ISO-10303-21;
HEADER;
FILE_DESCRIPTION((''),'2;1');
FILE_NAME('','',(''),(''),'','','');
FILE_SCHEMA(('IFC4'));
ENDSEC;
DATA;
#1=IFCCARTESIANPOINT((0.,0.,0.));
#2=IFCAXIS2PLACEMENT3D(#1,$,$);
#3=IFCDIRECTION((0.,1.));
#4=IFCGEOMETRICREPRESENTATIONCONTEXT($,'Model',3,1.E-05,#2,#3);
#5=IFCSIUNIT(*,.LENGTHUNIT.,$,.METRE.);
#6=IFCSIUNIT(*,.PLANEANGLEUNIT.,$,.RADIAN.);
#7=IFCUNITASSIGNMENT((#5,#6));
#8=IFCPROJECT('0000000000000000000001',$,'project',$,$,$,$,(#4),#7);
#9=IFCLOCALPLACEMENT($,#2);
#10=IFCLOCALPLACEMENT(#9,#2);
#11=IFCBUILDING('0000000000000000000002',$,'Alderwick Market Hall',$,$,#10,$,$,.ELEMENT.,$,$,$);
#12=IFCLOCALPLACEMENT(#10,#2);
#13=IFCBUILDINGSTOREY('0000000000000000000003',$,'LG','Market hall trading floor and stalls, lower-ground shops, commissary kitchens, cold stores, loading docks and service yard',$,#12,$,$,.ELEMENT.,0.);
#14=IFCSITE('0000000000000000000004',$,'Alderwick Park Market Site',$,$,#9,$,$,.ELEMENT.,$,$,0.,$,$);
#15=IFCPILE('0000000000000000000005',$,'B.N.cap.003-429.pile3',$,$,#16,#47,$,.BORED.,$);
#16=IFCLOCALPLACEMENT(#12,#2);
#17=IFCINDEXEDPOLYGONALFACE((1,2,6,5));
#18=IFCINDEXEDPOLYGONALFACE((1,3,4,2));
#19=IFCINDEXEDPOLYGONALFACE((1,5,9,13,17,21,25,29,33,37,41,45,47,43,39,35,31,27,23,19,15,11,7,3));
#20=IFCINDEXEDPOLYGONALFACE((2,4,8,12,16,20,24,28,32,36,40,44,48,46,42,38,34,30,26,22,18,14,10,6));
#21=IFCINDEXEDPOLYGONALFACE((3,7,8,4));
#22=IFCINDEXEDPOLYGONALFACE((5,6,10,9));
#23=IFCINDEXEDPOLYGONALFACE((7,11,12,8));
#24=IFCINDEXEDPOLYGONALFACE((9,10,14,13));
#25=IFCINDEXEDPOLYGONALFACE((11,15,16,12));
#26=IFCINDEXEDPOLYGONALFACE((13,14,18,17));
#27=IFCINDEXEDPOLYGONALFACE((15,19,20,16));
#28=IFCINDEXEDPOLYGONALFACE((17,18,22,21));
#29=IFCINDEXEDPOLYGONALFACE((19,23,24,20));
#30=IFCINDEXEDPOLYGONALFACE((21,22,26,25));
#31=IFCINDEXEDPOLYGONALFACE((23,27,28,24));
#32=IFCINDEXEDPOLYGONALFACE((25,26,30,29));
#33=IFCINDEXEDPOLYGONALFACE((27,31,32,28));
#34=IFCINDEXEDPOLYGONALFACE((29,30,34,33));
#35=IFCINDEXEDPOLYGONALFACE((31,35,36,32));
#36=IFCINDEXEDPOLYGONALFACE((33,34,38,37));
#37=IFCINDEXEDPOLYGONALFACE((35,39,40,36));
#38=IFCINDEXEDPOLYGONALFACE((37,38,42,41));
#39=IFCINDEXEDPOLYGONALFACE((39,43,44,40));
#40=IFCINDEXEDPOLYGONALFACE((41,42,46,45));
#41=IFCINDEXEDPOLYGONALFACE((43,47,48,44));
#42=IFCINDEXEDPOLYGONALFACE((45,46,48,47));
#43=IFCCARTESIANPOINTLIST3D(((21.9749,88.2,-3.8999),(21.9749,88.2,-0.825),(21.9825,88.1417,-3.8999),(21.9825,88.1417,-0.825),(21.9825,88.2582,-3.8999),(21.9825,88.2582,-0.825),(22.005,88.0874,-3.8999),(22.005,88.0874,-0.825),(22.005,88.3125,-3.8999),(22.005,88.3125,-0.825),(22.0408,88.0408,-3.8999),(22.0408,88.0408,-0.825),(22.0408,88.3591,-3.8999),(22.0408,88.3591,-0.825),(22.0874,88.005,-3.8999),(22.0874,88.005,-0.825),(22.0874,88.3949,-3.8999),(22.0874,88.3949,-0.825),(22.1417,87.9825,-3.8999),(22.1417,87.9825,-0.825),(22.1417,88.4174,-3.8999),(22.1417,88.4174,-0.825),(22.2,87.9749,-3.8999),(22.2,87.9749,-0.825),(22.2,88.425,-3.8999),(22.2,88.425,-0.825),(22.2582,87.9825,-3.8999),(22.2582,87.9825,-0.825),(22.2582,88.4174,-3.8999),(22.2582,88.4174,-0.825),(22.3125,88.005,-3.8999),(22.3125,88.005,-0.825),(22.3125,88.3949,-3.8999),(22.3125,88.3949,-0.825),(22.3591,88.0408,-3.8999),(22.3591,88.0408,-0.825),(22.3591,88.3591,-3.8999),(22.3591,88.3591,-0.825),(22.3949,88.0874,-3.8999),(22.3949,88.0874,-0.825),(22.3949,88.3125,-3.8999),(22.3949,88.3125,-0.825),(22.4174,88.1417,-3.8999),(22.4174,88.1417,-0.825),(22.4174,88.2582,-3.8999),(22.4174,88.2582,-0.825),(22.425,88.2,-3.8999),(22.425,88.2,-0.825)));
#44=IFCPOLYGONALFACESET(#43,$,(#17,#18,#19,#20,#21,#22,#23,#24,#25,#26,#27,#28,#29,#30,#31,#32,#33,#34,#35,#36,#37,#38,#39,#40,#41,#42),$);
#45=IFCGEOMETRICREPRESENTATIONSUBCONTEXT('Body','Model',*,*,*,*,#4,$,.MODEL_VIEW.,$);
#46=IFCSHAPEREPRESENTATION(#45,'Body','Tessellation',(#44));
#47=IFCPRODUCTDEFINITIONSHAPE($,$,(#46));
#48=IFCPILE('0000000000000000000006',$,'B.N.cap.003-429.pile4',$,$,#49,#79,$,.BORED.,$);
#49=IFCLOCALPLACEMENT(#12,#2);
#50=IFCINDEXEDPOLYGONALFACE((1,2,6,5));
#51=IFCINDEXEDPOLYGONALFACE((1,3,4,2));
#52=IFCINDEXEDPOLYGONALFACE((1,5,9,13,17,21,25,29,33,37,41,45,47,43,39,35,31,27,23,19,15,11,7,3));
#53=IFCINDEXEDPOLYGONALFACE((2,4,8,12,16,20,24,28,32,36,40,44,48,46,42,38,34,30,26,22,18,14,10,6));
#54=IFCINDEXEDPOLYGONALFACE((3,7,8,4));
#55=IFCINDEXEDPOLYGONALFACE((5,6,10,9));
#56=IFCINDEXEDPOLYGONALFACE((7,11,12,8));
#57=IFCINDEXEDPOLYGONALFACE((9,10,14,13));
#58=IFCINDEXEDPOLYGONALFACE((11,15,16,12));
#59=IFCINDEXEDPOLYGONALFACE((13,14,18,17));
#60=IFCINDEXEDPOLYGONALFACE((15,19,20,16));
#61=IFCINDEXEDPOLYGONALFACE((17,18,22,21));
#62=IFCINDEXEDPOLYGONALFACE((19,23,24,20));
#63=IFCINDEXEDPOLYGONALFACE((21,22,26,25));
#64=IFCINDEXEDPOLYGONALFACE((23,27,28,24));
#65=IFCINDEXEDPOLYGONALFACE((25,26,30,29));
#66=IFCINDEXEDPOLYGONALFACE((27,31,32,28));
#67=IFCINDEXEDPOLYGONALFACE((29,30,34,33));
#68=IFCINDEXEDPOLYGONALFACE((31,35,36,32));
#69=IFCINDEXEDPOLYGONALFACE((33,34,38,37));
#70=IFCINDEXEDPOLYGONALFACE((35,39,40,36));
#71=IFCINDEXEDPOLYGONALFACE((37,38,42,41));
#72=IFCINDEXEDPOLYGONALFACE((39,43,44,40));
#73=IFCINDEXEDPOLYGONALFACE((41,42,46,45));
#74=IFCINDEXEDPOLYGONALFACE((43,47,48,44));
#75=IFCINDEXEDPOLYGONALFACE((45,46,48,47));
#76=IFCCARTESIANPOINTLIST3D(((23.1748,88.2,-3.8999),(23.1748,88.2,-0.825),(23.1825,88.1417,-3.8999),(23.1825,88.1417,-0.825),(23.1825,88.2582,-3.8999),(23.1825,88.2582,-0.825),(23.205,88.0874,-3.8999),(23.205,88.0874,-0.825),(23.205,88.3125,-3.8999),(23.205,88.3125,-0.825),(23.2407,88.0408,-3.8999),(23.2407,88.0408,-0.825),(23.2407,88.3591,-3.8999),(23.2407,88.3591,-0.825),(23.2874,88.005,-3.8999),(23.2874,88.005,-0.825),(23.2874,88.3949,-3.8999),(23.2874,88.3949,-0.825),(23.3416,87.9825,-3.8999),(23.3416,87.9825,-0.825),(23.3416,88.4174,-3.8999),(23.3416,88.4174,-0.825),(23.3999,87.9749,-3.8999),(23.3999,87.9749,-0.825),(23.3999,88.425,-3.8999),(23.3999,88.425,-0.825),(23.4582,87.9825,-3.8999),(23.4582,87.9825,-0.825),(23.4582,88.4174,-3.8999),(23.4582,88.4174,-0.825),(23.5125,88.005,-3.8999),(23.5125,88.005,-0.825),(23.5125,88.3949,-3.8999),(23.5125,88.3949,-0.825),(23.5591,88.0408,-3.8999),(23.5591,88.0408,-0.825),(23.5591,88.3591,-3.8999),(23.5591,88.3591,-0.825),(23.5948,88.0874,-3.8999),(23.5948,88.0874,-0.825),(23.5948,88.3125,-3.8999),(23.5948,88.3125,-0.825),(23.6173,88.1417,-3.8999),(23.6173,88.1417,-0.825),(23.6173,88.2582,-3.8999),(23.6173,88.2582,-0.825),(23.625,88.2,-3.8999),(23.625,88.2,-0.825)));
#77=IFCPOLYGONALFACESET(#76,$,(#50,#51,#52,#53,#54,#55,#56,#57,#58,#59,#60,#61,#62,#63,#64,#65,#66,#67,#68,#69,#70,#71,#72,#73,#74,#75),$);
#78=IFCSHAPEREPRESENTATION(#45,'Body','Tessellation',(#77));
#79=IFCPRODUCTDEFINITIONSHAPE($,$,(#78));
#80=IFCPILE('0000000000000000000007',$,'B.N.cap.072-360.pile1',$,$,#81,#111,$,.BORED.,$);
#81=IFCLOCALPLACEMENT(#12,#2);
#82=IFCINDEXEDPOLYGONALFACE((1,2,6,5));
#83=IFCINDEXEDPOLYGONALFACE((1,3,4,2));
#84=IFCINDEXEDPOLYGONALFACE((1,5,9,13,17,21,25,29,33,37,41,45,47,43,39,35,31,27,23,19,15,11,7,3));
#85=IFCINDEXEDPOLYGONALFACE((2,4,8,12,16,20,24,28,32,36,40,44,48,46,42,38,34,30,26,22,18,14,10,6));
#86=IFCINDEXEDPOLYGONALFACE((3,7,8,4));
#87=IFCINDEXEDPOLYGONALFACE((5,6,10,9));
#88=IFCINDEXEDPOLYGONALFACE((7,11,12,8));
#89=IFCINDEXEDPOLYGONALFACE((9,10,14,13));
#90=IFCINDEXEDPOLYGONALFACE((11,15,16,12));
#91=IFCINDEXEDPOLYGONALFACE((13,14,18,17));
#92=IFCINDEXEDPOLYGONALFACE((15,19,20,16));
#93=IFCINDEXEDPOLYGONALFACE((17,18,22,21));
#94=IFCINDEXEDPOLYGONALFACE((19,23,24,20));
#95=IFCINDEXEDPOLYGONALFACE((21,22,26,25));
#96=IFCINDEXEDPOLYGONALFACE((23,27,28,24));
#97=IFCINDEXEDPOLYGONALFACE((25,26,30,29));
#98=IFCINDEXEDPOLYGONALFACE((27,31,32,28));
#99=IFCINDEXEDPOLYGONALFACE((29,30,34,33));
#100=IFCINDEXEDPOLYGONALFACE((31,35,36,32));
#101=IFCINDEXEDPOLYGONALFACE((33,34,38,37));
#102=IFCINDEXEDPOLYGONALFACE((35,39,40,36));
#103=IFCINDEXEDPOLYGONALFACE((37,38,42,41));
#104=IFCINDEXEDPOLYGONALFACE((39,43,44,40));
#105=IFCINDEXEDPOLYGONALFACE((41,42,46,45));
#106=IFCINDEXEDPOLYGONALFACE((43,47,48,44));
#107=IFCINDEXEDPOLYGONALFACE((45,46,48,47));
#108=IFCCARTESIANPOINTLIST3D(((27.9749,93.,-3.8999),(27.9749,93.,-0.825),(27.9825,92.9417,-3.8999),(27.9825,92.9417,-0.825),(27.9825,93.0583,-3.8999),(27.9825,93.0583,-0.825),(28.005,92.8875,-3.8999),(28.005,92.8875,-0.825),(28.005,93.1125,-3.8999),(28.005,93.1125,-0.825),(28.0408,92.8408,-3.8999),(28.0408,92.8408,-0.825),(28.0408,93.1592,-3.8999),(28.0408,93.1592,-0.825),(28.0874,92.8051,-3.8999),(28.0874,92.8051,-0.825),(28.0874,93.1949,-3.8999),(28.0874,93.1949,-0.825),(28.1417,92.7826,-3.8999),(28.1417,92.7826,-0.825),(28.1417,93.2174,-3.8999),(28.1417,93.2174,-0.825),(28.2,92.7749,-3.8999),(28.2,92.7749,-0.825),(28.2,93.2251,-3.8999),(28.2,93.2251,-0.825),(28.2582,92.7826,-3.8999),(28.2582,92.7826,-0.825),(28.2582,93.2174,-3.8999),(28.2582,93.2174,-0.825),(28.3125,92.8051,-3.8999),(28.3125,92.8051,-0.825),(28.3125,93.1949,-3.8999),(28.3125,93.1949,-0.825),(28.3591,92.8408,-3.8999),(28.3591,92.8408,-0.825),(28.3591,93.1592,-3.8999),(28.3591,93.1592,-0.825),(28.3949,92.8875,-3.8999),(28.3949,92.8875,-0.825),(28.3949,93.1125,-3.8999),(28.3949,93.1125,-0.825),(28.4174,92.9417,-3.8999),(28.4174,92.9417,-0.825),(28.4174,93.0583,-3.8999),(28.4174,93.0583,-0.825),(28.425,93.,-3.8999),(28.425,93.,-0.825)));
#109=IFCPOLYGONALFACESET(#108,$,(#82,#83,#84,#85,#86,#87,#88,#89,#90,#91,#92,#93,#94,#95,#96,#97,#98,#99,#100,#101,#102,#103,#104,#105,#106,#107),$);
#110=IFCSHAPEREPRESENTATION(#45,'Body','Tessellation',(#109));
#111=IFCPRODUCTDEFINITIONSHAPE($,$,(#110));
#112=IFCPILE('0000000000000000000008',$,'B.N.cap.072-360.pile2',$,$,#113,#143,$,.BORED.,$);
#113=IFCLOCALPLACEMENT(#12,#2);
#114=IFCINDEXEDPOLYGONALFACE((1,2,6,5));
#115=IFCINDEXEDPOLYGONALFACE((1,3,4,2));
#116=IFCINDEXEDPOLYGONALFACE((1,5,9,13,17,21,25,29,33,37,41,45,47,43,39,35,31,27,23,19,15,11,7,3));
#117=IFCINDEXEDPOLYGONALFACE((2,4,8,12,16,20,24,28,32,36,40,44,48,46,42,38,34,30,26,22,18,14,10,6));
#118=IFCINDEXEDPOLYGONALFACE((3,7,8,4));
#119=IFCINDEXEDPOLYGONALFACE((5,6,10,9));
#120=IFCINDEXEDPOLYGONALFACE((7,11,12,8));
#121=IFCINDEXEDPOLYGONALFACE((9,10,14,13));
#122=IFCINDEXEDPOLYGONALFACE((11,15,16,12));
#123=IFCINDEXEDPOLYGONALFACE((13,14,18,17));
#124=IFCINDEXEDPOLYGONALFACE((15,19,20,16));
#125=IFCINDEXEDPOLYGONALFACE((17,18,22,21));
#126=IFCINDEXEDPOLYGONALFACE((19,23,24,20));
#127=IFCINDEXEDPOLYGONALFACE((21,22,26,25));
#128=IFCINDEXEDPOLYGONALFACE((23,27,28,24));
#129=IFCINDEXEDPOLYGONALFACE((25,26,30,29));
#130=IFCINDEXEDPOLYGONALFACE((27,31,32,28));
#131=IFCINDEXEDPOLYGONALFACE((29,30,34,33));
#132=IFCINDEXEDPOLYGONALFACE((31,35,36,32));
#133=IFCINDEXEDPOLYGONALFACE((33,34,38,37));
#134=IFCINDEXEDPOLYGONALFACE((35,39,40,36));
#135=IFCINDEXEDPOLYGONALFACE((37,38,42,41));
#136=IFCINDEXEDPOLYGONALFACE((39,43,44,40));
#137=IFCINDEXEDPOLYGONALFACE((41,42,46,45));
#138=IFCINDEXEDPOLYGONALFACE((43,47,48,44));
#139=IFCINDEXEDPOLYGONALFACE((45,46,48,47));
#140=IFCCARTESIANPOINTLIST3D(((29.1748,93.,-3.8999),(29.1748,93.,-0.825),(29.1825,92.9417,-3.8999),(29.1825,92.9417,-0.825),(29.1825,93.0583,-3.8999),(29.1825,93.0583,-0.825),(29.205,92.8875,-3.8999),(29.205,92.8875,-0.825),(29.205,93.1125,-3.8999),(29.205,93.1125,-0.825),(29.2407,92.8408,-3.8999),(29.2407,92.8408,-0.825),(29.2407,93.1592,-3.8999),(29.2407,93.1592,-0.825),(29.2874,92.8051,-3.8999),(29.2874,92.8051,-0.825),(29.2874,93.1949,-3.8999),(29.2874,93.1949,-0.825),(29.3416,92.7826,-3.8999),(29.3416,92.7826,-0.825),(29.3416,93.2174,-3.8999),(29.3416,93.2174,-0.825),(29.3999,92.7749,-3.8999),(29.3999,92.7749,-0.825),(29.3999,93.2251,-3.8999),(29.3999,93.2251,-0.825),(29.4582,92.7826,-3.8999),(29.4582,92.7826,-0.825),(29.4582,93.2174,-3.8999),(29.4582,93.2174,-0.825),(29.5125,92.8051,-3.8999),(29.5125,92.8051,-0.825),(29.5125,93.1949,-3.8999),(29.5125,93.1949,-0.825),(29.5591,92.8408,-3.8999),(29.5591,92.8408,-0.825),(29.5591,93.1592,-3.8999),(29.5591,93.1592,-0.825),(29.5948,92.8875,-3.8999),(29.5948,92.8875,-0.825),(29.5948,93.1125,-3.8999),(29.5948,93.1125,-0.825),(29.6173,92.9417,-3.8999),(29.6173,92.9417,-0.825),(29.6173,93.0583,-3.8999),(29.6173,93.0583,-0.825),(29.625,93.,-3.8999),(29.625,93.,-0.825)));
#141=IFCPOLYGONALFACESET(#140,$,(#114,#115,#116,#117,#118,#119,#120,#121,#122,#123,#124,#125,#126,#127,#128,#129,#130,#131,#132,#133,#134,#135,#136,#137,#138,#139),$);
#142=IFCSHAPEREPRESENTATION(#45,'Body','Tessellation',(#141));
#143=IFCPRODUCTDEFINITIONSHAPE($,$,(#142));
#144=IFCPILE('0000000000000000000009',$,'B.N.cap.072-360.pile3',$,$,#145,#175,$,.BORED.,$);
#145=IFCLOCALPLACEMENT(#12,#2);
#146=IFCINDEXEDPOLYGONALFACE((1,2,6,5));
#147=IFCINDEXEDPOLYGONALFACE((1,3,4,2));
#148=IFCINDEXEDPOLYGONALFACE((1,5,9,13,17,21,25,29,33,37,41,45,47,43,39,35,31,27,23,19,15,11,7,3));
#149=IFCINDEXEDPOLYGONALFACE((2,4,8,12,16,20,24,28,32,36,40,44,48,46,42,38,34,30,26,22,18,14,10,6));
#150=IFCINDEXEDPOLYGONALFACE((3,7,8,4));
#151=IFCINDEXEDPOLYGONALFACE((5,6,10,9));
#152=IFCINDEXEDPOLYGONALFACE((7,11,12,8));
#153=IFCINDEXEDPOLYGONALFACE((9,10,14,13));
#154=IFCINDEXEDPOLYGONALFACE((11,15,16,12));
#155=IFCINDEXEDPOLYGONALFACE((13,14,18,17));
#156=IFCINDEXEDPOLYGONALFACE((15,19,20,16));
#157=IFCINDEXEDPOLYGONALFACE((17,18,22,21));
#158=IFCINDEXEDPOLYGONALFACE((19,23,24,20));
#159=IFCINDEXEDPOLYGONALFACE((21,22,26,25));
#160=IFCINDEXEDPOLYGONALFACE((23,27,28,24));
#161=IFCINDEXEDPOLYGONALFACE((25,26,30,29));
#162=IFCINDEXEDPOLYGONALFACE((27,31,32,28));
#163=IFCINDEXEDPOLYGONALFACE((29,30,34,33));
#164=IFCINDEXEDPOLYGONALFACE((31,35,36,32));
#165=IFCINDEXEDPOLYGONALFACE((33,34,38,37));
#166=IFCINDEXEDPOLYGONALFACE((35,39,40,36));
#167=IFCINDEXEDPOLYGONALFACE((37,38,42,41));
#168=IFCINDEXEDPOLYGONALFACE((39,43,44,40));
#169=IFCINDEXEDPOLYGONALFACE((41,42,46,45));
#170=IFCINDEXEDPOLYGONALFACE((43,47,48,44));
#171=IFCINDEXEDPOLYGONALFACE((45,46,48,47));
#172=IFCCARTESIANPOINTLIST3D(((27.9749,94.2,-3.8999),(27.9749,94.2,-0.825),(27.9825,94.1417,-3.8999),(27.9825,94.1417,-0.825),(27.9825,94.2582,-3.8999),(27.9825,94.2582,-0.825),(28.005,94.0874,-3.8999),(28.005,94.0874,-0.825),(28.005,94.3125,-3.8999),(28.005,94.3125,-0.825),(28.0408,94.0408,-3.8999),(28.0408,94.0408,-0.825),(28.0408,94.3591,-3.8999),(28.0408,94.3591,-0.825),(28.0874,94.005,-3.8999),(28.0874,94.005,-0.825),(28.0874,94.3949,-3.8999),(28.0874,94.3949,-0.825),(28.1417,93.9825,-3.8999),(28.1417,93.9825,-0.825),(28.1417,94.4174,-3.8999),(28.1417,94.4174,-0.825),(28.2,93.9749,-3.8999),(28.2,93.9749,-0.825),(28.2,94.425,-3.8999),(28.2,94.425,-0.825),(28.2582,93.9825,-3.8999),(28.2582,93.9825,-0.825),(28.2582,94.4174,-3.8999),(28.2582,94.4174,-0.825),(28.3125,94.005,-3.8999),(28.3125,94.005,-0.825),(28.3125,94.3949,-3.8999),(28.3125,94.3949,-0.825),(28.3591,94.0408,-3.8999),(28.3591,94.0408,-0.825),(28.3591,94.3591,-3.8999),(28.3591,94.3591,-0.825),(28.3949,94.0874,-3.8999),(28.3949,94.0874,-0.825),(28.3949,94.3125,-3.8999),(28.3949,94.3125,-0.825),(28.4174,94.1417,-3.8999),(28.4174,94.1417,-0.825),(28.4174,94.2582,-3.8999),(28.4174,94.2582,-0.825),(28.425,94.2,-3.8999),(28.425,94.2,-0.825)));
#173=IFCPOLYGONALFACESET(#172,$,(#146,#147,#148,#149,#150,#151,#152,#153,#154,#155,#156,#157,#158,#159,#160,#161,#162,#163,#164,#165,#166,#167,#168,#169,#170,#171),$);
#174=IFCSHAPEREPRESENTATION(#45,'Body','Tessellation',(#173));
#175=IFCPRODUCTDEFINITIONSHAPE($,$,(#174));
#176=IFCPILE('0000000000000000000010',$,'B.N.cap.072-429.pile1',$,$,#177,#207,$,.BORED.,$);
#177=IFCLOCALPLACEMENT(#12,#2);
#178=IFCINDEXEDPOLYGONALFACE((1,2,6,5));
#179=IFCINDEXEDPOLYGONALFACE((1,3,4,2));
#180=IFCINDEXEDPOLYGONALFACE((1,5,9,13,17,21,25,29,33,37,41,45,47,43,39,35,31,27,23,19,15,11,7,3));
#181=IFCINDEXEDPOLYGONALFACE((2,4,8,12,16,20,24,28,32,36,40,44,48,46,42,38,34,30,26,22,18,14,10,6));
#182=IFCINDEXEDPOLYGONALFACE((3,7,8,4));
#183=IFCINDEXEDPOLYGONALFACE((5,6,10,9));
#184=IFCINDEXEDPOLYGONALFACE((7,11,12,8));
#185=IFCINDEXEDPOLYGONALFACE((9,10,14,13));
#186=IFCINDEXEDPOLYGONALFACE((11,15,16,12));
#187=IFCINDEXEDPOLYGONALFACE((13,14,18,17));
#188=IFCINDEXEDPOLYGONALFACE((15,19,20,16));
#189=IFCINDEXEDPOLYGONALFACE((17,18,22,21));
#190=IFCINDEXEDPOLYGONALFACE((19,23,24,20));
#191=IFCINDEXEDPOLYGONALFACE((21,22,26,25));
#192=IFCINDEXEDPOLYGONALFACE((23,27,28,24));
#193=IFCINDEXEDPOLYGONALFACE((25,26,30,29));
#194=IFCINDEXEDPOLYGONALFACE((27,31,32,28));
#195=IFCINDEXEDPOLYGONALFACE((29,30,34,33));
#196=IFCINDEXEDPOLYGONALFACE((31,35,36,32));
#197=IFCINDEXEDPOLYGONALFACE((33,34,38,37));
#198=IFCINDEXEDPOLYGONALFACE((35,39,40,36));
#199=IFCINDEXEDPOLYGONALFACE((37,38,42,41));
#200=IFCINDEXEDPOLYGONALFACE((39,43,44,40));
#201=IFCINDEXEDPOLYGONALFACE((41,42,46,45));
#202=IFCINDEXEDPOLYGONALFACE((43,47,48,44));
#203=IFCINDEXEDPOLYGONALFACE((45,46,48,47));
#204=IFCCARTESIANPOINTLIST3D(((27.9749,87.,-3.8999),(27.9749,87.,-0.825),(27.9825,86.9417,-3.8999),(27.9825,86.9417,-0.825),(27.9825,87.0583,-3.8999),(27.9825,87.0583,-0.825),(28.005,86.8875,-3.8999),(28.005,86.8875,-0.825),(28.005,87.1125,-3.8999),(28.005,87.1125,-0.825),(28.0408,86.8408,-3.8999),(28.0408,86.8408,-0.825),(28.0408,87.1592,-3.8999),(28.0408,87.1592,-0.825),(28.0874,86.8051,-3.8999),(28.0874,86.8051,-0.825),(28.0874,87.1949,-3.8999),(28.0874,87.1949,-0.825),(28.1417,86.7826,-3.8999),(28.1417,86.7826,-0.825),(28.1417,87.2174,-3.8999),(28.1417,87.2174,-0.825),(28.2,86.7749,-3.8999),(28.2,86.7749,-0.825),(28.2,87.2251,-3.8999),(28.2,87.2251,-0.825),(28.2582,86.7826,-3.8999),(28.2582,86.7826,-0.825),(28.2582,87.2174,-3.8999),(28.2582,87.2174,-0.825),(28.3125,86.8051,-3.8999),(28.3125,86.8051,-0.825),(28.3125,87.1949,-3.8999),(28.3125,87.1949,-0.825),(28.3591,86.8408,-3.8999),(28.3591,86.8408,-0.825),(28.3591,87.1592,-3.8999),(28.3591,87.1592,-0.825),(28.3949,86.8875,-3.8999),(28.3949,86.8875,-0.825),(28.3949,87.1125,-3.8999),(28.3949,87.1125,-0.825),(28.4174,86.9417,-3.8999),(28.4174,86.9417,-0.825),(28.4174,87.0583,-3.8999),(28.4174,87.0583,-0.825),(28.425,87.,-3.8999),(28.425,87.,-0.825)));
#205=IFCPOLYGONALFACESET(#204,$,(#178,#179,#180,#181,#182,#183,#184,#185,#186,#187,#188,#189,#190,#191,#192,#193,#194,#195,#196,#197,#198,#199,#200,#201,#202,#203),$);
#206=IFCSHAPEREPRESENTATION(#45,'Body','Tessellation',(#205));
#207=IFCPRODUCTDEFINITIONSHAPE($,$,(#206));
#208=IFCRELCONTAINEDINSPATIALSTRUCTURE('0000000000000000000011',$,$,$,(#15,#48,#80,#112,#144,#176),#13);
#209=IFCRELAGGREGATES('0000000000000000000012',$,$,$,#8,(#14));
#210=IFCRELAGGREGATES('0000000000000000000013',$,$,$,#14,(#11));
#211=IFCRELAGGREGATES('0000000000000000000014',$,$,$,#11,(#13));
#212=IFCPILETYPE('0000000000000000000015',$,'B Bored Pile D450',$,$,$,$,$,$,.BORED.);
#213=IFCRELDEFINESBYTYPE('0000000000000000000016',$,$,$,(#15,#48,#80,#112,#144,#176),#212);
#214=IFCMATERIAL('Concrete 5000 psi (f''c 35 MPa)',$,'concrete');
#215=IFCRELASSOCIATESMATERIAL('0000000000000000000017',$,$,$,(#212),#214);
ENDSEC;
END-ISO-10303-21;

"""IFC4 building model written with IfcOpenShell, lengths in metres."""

from ifc_helpers import new_model, si_unit, direction, frame, origin, origin_2d, place, context, subcontext, project, spatial, circle, extrude, material, material_profile, profile_set, type_object, element, save


model = new_model("IFC4")

# Units and contexts
model_context = context("Model", 3, precision=1e-05, world=origin(), true_north=direction((0.0, 1.0)))
body_context = subcontext(model_context, "Body", "Model", "MODEL_VIEW")
ifc_project = project(units=[si_unit("LENGTHUNIT", "METRE"), si_unit("PLANEANGLEUNIT", "RADIAN")], contexts=[model_context])

# Site, building, storey
site_placement = place(None, origin())
site = spatial("IfcSite", under=ifc_project, at=site_placement, Name="Alderwick Park Market Site", CompositionType="ELEMENT", RefElevation=0.0)
building_placement = place(site_placement, origin())
building = spatial("IfcBuilding", under=site, at=building_placement, Name="Alderwick Market Hall", CompositionType="ELEMENT")
storey_placement = place(building_placement, origin())
storey = spatial("IfcBuildingStorey", under=building, at=storey_placement, Name="LG", Description="Market hall trading floor and stalls, lower-ground shops, commissary kitchens, cold stores, loading docks and service yard", CompositionType="ELEMENT", Elevation=0.0)

# Piles
ifc_material_1 = material(Name="Concrete 5000 psi (f'c 35 MPa)", Category="concrete")
ifc_material_profile_1 = material_profile(ifc_material_1, circle(Radius=0.2251, at=origin_2d()), Name="B Bored Pile D450")
ifc_profile_set_1 = profile_set([ifc_material_profile_1], Name="Concrete 5000 psi (f'c 35 MPa)")
pile_type = type_object("IfcPileType", Name="B Bored Pile D450", PredefinedType="BORED", material=ifc_profile_set_1)
for number, where, z_axis, x_axis, name in (
    (1, (22.2, 88.2, -0.825), (0.0, 0.0, -1.0), (1.0, 0.0, 0.0), "B.N.cap.003-429.pile3"),
    (2, (23.3999, 88.2, -0.825), (0.0, 0.0, -1.0), (1.0, 0.0, 0.0), "B.N.cap.003-429.pile4"),
    (3, (28.2, 93.0, -0.825), (0.0, 0.0, -1.0), (1.0, 0.0, 0.0), "B.N.cap.072-360.pile1"),
    (4, (29.3999, 93.0, -0.825), (0.0, 0.0, -1.0), (1.0, 0.0, 0.0), "B.N.cap.072-360.pile2"),
    (5, (28.2, 94.2, -0.825), (0.0, 0.0, -1.0), (1.0, 0.0, 0.0), "B.N.cap.072-360.pile3"),
    (6, (28.2, 87.0, -0.825), (0.0, 0.0, -1.0), (1.0, 0.0, 0.0), "B.N.cap.072-429.pile1"),
):
    element("IfcPile", number, at=place(storey_placement, frame(where, z_axis=z_axis, x_axis=x_axis)), inside=storey, type_object=pile_type, Name=name, PredefinedType="BORED", context=body_context, shape_type="SweptSolid", body=[
        extrude(circle(Radius=0.2251, at=origin_2d()), origin(), (0.0, 0.0, 1.0), 3.075),
    ])

save(model, "model.ifc")
